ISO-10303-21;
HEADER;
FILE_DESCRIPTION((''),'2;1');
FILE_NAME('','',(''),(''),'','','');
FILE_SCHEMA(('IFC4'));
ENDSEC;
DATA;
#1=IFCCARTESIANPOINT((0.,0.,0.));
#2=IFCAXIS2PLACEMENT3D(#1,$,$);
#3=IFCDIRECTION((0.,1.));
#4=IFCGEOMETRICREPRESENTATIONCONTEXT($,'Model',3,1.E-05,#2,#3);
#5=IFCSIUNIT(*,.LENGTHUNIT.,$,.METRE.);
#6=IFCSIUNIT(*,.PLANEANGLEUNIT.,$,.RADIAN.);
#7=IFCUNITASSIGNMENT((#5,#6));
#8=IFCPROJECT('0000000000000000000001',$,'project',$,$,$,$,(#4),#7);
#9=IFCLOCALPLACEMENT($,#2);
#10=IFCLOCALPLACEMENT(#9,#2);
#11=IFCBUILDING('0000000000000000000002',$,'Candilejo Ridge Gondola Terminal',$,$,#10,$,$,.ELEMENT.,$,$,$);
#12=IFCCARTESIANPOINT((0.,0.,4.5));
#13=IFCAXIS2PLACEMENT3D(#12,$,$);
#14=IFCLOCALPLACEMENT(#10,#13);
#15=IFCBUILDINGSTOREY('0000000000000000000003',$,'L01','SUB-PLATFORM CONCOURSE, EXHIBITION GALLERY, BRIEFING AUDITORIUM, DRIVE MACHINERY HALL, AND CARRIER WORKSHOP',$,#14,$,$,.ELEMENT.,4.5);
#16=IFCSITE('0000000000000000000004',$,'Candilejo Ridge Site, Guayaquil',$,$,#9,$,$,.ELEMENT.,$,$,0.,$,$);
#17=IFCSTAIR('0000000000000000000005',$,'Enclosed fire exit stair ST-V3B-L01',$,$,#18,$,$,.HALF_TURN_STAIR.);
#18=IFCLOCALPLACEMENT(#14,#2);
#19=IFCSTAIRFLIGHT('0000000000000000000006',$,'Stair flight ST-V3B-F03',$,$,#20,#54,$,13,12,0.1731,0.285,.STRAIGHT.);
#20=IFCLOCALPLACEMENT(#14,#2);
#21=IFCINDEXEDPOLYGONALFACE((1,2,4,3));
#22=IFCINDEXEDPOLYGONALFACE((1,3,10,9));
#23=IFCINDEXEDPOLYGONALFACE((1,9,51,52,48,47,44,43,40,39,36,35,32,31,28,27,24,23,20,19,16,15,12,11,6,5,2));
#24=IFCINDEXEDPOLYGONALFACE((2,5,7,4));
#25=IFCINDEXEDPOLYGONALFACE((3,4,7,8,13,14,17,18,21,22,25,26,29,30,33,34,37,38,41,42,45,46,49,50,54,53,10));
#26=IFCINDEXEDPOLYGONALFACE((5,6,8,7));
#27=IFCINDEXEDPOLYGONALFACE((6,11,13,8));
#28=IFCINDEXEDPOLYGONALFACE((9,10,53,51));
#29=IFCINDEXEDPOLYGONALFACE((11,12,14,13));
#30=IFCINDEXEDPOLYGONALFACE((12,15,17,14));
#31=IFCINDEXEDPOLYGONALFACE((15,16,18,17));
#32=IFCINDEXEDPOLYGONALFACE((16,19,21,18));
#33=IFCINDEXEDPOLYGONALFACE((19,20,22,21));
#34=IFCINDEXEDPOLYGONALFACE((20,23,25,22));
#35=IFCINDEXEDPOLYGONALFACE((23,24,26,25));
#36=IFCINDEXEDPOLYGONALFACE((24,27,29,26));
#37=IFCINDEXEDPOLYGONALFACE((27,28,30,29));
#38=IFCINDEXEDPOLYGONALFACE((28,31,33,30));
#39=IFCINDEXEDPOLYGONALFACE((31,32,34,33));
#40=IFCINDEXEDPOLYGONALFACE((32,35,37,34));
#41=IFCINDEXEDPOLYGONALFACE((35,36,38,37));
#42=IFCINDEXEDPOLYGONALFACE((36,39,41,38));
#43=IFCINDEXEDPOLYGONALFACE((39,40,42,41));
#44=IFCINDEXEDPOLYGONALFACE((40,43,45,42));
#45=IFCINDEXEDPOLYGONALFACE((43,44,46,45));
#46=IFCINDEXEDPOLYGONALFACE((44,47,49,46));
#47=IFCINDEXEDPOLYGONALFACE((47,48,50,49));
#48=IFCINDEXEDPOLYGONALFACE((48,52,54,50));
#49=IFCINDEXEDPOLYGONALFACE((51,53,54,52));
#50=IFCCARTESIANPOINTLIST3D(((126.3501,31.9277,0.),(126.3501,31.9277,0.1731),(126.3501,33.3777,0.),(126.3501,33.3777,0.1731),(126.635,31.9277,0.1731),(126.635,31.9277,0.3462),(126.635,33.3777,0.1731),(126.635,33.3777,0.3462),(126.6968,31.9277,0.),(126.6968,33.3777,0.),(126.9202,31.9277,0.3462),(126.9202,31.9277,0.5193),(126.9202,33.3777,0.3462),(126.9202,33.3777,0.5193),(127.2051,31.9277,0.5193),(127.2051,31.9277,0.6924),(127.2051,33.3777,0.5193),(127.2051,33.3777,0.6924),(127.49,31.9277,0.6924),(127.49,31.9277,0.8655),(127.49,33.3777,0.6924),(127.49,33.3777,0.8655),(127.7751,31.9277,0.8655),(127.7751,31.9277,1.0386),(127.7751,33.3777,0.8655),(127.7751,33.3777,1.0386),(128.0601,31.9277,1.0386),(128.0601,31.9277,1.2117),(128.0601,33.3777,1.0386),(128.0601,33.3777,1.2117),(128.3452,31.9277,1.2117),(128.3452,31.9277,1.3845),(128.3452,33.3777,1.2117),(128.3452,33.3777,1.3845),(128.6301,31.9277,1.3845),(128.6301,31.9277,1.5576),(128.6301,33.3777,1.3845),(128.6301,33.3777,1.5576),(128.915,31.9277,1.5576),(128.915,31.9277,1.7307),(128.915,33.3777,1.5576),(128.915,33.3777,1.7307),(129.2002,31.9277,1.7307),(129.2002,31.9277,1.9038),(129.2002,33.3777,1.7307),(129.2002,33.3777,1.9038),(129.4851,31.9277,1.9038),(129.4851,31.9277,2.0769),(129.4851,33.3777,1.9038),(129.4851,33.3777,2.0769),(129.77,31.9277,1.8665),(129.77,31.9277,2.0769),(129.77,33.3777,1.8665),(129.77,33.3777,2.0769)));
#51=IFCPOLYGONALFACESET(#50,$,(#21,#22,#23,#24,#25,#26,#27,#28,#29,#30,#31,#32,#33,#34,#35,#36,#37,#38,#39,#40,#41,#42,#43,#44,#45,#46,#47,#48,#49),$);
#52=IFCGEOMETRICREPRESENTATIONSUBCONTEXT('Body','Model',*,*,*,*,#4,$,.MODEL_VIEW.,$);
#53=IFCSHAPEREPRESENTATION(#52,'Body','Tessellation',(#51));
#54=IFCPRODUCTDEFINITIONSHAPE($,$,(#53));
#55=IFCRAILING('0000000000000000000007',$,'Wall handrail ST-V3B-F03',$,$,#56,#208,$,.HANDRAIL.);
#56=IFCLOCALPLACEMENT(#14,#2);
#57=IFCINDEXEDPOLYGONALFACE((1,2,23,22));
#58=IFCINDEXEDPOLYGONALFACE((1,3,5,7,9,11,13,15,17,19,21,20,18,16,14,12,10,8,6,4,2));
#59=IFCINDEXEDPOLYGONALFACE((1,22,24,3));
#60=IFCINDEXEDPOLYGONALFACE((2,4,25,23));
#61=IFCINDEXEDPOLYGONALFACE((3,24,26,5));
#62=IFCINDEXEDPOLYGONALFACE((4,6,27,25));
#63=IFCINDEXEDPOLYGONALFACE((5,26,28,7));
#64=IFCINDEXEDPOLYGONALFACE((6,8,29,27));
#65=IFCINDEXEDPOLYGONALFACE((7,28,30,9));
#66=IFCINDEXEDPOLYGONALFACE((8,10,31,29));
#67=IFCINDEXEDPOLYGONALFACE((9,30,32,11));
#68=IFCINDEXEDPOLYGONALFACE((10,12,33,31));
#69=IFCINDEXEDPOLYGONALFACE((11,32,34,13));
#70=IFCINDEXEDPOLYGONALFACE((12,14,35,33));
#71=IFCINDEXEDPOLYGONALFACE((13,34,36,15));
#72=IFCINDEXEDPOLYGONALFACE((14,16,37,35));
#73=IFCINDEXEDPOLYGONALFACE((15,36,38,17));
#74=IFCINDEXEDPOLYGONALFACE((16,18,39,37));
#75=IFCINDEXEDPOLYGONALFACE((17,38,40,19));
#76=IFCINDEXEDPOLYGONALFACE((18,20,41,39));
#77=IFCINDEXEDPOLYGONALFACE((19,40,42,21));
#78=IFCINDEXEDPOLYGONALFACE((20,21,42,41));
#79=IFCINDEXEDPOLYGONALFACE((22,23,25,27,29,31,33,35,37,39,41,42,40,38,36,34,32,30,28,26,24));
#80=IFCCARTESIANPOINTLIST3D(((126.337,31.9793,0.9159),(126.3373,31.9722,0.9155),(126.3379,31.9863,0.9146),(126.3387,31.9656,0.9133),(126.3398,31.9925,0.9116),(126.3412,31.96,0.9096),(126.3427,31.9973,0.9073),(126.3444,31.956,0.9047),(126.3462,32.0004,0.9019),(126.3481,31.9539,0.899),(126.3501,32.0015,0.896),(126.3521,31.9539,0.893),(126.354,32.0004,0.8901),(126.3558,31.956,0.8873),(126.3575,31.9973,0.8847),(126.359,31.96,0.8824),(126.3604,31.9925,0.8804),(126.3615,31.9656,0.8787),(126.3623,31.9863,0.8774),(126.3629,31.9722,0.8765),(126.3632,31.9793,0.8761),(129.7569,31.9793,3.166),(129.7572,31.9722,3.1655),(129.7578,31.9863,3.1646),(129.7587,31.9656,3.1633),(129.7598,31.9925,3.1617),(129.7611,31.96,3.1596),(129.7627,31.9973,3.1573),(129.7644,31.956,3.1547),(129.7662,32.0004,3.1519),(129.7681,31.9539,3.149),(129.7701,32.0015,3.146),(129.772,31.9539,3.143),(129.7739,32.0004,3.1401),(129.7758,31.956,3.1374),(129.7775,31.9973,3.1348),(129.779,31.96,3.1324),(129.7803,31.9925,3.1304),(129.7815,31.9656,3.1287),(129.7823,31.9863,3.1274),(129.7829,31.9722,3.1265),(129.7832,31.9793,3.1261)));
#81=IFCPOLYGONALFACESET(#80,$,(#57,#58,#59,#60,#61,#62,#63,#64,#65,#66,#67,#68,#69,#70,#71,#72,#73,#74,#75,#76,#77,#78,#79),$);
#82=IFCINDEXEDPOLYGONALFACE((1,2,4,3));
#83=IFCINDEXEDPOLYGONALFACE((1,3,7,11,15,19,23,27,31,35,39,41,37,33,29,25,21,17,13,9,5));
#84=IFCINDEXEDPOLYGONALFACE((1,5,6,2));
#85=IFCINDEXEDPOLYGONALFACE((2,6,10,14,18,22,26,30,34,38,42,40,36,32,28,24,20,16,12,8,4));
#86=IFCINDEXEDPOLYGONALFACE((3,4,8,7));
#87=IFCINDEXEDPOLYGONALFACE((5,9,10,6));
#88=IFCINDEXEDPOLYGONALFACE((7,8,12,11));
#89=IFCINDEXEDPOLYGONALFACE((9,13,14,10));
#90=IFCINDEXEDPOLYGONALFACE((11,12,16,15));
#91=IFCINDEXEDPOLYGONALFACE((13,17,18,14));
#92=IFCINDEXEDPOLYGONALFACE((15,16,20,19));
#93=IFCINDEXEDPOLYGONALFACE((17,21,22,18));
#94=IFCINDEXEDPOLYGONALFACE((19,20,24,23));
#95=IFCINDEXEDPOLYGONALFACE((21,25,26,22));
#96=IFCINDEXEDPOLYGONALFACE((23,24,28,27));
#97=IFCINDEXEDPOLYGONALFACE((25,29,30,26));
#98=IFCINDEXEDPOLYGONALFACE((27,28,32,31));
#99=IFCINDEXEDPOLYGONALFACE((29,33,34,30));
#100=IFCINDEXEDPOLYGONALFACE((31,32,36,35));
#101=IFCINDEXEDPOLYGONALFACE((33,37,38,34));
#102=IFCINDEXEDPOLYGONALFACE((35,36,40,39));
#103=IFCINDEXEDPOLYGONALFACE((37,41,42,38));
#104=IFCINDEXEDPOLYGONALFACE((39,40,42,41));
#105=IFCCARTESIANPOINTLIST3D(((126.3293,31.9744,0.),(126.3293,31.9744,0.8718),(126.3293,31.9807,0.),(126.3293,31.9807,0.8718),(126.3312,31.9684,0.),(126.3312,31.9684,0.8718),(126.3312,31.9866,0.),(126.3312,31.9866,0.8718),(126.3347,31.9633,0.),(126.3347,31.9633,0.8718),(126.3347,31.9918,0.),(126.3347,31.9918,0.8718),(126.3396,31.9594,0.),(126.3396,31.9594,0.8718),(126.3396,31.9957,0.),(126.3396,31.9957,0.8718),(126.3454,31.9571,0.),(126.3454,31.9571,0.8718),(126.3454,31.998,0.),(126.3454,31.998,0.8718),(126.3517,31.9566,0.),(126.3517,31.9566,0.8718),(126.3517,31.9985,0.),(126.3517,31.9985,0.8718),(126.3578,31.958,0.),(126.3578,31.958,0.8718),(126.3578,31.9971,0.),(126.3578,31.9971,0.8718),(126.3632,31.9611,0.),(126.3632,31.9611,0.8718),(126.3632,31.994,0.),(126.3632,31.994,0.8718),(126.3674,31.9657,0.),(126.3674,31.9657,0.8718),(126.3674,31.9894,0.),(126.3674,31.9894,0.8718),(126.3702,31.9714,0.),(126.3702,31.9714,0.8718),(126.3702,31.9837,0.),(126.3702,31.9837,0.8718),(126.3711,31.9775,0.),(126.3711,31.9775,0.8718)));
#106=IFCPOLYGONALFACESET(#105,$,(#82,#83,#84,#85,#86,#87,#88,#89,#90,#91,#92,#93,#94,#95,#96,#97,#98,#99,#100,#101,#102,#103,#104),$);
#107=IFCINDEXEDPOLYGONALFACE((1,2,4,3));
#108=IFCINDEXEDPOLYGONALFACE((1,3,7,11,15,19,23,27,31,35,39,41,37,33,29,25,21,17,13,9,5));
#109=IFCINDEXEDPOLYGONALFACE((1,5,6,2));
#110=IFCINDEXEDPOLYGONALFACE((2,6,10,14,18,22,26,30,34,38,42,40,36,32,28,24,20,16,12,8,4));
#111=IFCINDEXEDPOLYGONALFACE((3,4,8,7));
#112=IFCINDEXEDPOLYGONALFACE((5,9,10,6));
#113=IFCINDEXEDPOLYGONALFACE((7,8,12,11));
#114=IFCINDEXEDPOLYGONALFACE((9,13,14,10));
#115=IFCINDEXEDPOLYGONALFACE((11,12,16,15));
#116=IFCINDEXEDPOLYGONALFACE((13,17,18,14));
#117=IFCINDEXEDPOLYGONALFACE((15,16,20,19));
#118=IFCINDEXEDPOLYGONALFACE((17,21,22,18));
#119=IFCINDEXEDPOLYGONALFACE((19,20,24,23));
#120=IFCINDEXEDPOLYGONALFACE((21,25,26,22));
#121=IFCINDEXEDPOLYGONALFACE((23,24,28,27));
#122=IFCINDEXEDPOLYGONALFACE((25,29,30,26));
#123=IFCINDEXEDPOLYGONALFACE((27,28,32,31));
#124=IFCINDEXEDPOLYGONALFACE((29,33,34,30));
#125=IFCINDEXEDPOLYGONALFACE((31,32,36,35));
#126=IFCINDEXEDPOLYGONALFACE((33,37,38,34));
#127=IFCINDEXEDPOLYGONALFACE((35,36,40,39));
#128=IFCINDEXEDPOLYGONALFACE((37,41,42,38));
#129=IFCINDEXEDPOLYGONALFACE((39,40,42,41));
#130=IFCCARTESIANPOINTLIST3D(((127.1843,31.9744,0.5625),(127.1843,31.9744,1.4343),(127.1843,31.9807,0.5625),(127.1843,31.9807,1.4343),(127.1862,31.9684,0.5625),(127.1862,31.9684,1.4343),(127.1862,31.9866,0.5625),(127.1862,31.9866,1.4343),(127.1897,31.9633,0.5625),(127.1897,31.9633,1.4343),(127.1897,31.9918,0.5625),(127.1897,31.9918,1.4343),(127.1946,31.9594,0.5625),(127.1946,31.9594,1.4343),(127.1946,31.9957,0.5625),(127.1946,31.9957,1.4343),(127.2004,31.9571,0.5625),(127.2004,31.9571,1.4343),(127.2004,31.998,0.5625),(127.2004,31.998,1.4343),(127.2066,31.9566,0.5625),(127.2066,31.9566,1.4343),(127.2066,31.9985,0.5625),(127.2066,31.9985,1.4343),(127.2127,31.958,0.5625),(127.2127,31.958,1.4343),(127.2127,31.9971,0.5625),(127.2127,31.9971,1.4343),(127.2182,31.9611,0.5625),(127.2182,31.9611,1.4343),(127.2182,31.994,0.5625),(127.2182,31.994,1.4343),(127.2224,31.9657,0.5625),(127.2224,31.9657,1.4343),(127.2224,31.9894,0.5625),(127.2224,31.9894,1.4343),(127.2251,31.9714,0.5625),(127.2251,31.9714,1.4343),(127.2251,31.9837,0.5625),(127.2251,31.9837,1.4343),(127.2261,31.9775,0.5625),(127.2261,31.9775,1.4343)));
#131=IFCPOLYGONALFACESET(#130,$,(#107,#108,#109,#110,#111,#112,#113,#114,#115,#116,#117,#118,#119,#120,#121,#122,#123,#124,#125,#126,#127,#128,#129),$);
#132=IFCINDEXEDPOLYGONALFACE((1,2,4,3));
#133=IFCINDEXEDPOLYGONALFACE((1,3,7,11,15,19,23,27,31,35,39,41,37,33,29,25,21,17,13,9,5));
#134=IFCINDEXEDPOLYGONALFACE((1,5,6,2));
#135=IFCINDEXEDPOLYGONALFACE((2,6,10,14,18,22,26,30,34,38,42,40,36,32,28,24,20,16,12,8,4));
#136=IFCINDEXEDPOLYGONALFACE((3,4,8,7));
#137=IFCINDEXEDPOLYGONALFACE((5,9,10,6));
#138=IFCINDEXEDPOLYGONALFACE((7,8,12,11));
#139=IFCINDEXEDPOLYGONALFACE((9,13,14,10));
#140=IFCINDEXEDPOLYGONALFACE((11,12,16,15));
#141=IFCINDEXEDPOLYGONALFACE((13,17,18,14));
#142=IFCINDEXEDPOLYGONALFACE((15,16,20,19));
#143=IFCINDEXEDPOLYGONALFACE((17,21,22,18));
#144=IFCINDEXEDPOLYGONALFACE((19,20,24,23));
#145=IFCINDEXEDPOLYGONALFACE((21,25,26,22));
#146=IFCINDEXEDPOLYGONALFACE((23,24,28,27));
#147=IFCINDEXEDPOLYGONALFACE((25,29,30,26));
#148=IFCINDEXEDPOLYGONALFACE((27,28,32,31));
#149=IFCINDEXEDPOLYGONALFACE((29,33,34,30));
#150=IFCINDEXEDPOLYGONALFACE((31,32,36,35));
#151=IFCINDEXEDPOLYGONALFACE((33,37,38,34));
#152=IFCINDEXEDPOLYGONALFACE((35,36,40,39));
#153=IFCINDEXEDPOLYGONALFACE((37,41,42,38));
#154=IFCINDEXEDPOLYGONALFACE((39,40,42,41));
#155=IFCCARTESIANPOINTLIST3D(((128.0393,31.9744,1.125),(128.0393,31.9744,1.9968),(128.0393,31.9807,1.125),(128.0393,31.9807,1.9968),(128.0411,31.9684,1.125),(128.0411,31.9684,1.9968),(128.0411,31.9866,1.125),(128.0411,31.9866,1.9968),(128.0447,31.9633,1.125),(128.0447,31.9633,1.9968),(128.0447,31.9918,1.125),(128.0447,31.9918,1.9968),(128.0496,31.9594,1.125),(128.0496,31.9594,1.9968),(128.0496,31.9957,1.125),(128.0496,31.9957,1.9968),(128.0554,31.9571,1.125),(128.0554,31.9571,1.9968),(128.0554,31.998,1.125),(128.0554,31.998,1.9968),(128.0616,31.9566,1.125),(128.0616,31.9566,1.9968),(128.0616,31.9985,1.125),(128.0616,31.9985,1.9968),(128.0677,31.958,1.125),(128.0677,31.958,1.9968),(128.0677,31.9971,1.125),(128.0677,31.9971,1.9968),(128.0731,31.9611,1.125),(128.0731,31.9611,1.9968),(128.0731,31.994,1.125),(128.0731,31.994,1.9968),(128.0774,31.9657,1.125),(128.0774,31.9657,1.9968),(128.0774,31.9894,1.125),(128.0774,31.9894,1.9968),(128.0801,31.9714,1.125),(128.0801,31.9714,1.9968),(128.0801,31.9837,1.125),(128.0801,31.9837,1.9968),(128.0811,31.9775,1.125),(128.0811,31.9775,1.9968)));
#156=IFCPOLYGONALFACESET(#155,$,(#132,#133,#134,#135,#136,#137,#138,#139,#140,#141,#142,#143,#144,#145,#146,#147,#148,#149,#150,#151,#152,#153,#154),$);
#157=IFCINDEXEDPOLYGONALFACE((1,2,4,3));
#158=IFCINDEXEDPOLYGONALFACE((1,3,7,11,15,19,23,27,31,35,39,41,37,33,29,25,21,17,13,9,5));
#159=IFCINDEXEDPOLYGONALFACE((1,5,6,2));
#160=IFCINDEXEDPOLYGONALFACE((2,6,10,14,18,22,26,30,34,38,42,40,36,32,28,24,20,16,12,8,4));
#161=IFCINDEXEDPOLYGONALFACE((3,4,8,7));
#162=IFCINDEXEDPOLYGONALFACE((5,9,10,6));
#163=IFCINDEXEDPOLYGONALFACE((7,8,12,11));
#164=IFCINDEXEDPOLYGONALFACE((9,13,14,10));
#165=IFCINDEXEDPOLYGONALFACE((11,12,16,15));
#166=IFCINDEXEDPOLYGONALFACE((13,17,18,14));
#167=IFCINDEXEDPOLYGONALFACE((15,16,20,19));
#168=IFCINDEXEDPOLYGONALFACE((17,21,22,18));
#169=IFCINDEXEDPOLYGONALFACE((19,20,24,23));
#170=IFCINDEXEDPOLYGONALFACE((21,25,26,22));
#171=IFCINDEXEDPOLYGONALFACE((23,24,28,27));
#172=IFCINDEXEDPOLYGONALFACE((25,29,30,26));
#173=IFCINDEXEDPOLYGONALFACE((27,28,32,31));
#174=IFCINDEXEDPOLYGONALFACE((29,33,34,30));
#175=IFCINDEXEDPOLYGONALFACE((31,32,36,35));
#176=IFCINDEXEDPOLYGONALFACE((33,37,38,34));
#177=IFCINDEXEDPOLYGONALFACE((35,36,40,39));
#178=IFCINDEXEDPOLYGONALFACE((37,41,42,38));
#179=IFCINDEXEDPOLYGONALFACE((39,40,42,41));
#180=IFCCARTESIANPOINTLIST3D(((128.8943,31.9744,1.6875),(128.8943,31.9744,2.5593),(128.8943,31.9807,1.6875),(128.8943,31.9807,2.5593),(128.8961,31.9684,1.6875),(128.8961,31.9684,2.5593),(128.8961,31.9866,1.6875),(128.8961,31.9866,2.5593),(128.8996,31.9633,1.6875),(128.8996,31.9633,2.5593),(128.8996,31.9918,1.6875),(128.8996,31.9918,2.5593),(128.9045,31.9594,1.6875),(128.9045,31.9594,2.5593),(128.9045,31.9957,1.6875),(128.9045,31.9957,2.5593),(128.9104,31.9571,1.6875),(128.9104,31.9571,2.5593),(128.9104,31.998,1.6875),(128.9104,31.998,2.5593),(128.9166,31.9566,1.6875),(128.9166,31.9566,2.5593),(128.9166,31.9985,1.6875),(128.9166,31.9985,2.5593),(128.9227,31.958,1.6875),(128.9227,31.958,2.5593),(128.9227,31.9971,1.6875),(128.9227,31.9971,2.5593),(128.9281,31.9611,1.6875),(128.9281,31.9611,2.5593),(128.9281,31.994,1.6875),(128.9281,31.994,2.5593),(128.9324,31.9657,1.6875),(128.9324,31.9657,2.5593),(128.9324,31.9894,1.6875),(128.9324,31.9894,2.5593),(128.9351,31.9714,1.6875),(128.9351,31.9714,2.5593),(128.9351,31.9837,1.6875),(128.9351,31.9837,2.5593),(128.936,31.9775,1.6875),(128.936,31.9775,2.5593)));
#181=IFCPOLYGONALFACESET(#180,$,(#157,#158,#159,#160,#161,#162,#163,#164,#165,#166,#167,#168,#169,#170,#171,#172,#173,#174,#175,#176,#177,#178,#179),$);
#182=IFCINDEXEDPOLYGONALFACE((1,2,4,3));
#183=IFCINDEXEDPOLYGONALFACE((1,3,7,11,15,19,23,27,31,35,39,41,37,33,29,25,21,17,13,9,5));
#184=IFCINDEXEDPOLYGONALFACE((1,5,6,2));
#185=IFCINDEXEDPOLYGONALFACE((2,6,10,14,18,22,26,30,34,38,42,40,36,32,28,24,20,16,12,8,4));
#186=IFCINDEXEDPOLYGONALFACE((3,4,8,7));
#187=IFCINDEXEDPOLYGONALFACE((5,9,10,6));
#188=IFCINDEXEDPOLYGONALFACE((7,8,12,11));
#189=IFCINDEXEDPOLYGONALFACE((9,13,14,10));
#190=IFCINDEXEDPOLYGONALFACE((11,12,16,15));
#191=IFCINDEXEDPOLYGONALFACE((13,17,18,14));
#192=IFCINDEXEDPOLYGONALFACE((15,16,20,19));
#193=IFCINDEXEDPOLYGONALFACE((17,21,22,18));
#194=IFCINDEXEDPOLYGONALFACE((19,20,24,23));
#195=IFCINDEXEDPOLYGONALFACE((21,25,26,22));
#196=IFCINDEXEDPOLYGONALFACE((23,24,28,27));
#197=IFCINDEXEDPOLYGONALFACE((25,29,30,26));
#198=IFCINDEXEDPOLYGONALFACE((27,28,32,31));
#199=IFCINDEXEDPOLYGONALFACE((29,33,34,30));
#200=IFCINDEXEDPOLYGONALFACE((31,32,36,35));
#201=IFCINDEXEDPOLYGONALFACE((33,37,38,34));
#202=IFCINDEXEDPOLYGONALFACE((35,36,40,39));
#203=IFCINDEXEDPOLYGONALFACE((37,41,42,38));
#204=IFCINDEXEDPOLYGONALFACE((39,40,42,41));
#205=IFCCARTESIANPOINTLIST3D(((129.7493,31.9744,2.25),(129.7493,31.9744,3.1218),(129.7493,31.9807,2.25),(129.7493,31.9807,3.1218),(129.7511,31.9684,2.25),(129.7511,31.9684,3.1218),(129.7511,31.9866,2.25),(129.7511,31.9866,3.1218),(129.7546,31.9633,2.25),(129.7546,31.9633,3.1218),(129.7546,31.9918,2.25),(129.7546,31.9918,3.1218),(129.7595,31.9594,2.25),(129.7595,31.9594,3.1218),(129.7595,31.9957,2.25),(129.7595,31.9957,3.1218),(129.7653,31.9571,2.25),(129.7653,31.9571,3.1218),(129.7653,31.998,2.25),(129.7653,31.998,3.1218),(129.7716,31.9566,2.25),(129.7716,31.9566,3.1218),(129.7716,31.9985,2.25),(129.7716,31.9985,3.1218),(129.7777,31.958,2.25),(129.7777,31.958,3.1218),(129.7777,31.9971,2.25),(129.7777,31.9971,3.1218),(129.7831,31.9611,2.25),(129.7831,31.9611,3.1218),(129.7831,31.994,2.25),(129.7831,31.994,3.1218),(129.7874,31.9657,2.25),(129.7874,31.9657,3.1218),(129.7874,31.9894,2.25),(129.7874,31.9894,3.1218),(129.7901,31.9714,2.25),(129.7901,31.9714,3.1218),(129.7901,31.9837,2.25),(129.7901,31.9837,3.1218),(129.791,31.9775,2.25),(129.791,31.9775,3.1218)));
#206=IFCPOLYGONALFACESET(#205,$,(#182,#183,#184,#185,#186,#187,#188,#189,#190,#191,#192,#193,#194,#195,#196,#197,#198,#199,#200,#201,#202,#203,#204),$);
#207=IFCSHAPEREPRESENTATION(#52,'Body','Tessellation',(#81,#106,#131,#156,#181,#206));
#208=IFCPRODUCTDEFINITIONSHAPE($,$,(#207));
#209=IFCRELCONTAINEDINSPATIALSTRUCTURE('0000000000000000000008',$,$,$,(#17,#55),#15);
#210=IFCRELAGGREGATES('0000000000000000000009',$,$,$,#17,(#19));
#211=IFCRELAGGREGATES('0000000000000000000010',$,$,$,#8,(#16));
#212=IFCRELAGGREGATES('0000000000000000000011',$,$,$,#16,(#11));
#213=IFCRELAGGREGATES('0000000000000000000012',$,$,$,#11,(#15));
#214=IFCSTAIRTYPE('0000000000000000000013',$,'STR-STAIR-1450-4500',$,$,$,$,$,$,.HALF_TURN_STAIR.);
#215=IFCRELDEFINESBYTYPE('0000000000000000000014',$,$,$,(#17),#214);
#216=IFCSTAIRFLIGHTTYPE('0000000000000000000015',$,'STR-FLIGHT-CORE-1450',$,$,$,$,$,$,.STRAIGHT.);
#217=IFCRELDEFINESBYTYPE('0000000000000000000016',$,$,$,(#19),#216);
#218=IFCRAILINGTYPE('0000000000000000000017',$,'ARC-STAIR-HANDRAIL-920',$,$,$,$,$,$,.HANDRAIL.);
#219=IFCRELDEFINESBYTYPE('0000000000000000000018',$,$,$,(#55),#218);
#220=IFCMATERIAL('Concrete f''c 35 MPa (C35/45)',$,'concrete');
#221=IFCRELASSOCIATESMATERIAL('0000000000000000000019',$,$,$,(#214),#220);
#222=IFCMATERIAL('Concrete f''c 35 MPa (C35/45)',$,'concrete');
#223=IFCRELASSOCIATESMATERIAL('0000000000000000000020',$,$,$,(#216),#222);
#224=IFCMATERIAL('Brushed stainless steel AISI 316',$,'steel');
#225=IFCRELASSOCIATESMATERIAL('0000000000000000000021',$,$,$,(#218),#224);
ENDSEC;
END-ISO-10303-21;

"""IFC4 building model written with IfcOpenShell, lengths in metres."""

from ifc_helpers import new_model, si_unit, direction, frame, origin, origin_2d, place, context, subcontext, project, spatial, polyline, circle, outline, extrude, material, type_object, element, aggregate, save


model = new_model("IFC4")

# Units and contexts
model_context = context("Model", 3, precision=1e-05, world=origin(), true_north=direction((0.0, 1.0)))
body_context = subcontext(model_context, "Body", "Model", "MODEL_VIEW")
ifc_project = project(units=[si_unit("LENGTHUNIT", "METRE"), si_unit("PLANEANGLEUNIT", "RADIAN")], contexts=[model_context])

# Site, building, storey
site_placement = place(None, origin())
site = spatial("IfcSite", under=ifc_project, at=site_placement, Name="Candilejo Ridge Site, Guayaquil", CompositionType="ELEMENT", RefElevation=0.0)
building_placement = place(site_placement, origin())
building = spatial("IfcBuilding", under=site, at=building_placement, Name="Candilejo Ridge Gondola Terminal", CompositionType="ELEMENT")
storey_placement = place(building_placement, frame((0.0, 0.0, 4.5)))
storey = spatial("IfcBuildingStorey", under=building, at=storey_placement, Name="L01", Description="SUB-PLATFORM CONCOURSE, EXHIBITION GALLERY, BRIEFING AUDITORIUM, DRIVE MACHINERY HALL, AND CARRIER WORKSHOP", CompositionType="ELEMENT", Elevation=4.5)

# Stair, stair flight
ifc_material_1 = material(Name="Concrete f'c 35 MPa (C35/45)", Category="concrete")
stair_type = type_object("IfcStairType", Name="STR-STAIR-1450-4500", PredefinedType="HALF_TURN_STAIR", material=ifc_material_1)
stair_placement = place(storey_placement, origin())
stair = element("IfcStair", 1, at=stair_placement, inside=storey, type_object=stair_type, Name="Enclosed fire exit stair ST-V3B-L01", PredefinedType="HALF_TURN_STAIR")
ifc_material_2 = material(Name="Concrete f'c 35 MPa (C35/45)", Category="concrete")
stair_flight_type = type_object("IfcStairFlightType", Name="STR-FLIGHT-CORE-1450", PredefinedType="STRAIGHT", material=ifc_material_2)
stair_flight_placement = place(storey_placement, frame((126.3501, 32.6526, 0.0), z_axis=(0.0, 0.0, 1.0), x_axis=(1.0, 0.0, 0.0)))
stair_flight = element("IfcStairFlight", 2, at=stair_flight_placement, type_object=stair_flight_type, Name="Stair flight ST-V3B-F03", NumberOfRisers=13, NumberOfTreads=12, PredefinedType="STRAIGHT", RiserHeight=0.1731, TreadLength=0.285, context=body_context, shape_type="SweptSolid", body=[
    extrude(outline(polyline([(0.0, 0.0), (0.0, 0.1731), (0.2849, 0.1731), (0.2849, 0.3462), (0.5701, 0.3462), (0.5701, 0.5193), (0.855, 0.5193), (0.855, 0.6924), (1.1399, 0.6924), (1.1399, 0.8655), (1.425, 0.8655), (1.425, 1.0386), (1.71, 1.0386), (1.71, 1.2117), (1.9951, 1.2117), (1.9951, 1.3845), (2.28, 1.3845), (2.28, 1.5576), (2.5649, 1.5576), (2.5649, 1.7307), (2.8501, 1.7307), (2.8501, 1.9038), (3.135, 1.9038), (3.135, 2.0769), (3.4199, 2.0769), (3.4199, 2.25), (3.4199, 1.8665), (0.3467, 0.0), (0.0, 0.0)])), frame((0.0, 0.7251, 0.0), z_axis=(0.0, -1.0, 0.0), x_axis=(1.0, 0.0, 0.0)), (0.0, 0.0, 1.0), 1.45),
])
aggregate(stair, [stair_flight])

# Railing
ifc_material_3 = material(Name="Brushed stainless steel AISI 316", Category="steel")
railing_type = type_object("IfcRailingType", Name="ARC-STAIR-HANDRAIL-920", PredefinedType="HANDRAIL", material=ifc_material_3)
railing_placement = place(storey_placement, frame((126.3501, 31.9775, 0.0)))
element("IfcRailing", 3, at=railing_placement, inside=storey, type_object=railing_type, Name="Wall handrail ST-V3B-F03", PredefinedType="HANDRAIL", context=body_context, shape_type="SweptSolid", body=[
    extrude(circle(Radius=0.0239, at=origin_2d()), frame((0.0, 0.0, 0.896), z_axis=(0.835411, 0.0, 0.549625), x_axis=(0.0, 1.0, 0.0)), (0.0, 0.0, 1.0), 4.0938),
    extrude(circle(Radius=0.021, at=origin_2d()), origin(), (0.0, 0.0, 1.0), 0.8718),
    extrude(circle(Radius=0.021, at=origin_2d()), frame((0.855, 0.0, 0.5625)), (0.0, 0.0, 1.0), 0.8718),
    extrude(circle(Radius=0.021, at=origin_2d()), frame((1.71, 0.0, 1.125)), (0.0, 0.0, 1.0), 0.8718),
    extrude(circle(Radius=0.021, at=origin_2d()), frame((2.5649, 0.0, 1.6875)), (0.0, 0.0, 1.0), 0.8718),
    extrude(circle(Radius=0.021, at=origin_2d()), frame((3.4199, 0.0, 2.25)), (0.0, 0.0, 1.0), 0.8718),
])

save(model, "model.ifc")
